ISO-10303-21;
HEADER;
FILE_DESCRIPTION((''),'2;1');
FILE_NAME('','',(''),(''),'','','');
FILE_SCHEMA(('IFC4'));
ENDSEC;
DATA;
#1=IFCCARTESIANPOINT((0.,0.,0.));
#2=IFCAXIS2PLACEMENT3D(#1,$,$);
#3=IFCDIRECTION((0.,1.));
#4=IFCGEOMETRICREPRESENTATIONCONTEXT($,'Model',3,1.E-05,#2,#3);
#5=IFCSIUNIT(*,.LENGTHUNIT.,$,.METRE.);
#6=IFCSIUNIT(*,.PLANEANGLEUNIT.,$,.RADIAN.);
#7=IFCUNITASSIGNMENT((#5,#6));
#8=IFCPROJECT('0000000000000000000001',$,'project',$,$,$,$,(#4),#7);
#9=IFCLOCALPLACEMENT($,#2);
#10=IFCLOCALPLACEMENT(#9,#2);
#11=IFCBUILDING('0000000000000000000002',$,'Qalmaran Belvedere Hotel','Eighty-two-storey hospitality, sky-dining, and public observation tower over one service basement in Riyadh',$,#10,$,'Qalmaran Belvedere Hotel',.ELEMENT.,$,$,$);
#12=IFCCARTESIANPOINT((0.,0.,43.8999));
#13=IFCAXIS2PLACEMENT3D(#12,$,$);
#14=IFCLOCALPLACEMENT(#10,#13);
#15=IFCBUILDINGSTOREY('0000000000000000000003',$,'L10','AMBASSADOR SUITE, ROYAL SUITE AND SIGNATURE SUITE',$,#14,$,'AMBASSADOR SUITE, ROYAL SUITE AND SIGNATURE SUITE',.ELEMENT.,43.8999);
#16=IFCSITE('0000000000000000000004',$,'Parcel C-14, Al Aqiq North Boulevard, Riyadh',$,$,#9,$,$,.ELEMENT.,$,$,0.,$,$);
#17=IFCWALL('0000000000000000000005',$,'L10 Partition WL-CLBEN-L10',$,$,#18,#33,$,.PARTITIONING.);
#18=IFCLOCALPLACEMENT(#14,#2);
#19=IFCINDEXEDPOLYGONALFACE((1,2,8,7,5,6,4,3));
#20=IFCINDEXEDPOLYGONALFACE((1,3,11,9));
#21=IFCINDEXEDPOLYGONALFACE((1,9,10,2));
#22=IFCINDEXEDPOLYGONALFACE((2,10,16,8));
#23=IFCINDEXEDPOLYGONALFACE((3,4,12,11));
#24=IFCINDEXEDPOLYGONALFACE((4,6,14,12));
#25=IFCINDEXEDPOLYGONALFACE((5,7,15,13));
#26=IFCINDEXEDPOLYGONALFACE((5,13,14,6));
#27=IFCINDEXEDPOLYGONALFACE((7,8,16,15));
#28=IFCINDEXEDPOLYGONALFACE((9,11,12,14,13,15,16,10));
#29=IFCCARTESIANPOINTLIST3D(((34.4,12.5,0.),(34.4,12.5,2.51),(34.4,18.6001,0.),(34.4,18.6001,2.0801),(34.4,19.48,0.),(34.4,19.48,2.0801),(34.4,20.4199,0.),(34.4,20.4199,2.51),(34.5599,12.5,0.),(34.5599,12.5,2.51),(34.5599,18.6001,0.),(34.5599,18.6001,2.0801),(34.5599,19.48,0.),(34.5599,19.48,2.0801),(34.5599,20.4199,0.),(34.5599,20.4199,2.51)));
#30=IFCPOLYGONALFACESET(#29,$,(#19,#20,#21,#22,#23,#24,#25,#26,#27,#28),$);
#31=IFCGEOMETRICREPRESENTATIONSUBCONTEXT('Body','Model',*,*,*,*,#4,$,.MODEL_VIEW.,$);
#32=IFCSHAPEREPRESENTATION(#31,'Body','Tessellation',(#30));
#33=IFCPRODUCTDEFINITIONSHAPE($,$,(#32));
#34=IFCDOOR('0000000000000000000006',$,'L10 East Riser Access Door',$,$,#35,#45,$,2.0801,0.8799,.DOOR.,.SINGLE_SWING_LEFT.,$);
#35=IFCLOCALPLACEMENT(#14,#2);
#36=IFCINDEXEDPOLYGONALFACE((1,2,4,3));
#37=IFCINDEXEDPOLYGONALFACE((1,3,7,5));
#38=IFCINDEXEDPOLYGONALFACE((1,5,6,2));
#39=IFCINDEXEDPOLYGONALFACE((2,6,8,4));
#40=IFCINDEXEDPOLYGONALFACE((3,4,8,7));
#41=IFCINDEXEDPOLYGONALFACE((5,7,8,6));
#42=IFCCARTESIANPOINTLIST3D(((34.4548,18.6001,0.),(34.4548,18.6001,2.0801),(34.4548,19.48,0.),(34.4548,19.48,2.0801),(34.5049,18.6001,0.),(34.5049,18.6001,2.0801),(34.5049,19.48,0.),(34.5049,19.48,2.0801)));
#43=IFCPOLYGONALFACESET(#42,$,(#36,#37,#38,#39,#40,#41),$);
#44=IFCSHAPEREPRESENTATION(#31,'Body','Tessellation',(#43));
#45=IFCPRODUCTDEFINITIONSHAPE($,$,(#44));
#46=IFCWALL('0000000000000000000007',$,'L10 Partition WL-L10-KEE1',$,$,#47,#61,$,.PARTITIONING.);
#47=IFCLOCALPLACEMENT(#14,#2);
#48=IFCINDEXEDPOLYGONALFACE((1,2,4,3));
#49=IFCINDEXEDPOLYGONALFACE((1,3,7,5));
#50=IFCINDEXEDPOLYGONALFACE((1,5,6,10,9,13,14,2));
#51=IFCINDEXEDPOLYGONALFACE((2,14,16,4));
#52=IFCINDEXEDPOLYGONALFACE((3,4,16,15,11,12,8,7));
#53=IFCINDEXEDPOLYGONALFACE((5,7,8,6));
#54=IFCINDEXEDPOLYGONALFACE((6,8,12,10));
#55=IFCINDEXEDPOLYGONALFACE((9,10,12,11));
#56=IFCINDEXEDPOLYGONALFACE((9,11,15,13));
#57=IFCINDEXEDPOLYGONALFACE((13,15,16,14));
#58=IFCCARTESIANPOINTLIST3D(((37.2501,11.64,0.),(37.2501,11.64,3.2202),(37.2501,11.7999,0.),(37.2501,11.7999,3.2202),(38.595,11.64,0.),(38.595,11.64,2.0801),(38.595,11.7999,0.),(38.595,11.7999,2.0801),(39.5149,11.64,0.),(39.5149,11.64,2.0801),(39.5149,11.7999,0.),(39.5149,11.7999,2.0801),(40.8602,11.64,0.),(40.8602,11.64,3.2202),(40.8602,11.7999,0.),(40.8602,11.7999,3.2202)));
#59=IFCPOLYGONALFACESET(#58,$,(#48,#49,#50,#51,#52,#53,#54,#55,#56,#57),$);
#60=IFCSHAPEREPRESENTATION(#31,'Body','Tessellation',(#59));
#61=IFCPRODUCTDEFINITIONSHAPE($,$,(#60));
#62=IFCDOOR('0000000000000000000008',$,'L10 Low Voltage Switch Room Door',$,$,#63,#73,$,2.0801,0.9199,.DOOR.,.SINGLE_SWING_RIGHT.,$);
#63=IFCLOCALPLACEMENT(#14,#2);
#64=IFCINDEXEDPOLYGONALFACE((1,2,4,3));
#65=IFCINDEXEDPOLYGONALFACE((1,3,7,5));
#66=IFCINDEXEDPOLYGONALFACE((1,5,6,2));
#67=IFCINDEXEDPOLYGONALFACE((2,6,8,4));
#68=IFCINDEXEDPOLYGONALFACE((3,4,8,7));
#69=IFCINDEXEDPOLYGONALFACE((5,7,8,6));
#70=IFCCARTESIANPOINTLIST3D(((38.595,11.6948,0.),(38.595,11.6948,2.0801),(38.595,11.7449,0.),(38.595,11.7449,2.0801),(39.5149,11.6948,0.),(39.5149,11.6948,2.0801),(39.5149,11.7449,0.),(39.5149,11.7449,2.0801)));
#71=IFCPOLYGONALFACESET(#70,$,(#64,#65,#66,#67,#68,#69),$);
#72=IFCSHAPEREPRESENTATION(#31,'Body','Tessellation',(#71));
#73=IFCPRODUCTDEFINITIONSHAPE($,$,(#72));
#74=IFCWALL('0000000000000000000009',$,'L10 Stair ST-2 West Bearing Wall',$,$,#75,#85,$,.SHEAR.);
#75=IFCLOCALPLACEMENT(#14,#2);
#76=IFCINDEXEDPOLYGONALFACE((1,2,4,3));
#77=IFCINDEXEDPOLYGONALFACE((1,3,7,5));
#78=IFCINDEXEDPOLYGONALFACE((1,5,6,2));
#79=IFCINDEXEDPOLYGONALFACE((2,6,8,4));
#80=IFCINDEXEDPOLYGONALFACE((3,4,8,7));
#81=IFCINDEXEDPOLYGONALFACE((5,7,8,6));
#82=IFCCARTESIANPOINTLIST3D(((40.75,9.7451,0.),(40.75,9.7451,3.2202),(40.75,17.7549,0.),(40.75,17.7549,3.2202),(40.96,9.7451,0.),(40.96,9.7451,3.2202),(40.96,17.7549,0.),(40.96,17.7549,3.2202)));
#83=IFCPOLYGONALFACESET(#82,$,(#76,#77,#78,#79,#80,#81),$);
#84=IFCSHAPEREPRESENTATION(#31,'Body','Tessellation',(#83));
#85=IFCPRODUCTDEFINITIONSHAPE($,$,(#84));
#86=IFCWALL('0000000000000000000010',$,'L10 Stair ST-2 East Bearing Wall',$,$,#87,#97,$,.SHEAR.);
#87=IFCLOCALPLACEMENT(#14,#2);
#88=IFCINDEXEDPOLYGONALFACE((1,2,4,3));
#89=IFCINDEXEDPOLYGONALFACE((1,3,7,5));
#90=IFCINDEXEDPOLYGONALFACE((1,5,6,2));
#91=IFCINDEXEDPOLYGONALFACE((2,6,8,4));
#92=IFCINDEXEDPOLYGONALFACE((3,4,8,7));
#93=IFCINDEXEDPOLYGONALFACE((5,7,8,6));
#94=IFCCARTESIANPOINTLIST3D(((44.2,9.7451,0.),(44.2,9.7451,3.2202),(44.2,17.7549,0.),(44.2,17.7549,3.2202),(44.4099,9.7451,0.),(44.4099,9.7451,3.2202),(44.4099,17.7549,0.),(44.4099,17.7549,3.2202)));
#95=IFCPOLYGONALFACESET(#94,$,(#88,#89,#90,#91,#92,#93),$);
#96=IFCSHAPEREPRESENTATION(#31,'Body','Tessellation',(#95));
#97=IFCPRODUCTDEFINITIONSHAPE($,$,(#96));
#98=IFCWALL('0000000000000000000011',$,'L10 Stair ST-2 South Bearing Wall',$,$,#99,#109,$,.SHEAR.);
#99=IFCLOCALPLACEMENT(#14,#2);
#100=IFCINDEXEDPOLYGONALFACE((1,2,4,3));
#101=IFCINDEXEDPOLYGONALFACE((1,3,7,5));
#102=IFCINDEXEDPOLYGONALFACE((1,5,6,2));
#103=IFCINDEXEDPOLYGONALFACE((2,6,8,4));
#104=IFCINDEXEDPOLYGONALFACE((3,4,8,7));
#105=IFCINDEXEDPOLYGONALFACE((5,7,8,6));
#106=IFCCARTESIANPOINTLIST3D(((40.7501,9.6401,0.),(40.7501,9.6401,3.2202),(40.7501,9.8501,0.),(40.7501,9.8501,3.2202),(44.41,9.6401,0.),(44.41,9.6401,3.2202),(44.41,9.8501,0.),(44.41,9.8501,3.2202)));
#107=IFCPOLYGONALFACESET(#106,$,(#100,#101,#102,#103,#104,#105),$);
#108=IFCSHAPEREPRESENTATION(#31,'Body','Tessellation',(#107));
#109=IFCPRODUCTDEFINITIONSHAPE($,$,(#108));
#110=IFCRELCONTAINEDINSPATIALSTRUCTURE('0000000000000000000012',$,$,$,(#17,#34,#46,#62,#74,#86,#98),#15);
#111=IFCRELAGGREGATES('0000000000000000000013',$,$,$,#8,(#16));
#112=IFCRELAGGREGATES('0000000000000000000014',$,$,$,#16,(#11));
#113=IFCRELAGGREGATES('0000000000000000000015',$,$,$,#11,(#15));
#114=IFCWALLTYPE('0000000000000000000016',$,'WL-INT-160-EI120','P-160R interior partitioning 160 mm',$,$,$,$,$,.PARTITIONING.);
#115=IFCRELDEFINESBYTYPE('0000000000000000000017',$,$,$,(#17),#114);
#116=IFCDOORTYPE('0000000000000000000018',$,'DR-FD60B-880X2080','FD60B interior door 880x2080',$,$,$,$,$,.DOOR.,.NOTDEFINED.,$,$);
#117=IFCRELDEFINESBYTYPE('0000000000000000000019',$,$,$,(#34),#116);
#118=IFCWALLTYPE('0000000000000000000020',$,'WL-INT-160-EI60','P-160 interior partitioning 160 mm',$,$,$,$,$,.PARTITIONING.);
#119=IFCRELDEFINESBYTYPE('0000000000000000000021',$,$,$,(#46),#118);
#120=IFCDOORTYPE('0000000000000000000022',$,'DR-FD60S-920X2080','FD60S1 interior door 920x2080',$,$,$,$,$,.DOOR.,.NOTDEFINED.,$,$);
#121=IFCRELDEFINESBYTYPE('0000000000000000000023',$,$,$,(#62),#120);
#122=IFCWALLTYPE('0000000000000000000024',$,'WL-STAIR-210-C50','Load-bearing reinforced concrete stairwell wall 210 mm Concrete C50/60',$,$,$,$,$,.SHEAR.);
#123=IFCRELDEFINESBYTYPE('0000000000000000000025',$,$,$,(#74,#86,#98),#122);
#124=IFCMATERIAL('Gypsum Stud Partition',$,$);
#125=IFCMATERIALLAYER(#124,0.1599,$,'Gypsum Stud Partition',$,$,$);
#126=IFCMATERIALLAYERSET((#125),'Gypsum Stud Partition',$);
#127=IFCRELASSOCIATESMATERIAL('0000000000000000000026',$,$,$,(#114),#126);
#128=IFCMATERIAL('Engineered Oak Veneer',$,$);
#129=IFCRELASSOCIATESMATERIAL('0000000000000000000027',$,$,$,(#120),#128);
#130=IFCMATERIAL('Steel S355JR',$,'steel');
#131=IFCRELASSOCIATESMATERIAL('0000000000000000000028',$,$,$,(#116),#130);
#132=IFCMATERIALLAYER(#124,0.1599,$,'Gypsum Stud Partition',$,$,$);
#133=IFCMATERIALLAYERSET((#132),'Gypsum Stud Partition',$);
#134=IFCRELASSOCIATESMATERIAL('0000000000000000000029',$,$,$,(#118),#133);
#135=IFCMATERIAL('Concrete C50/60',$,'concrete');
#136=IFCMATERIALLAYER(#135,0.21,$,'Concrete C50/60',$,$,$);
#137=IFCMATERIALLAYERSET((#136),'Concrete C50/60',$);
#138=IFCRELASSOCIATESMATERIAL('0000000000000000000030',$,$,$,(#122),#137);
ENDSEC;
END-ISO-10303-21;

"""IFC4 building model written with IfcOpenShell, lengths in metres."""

from ifc_helpers import new_model, si_unit, direction, frame, frame_2d, origin, place, context, subcontext, project, spatial, rectangle, extrude, material, layer, layer_set, type_object, element, fill, save


model = new_model("IFC4")

# Units and contexts
model_context = context("Model", 3, precision=1e-05, world=origin(), true_north=direction((0.0, 1.0)))
body_context = subcontext(model_context, "Body", "Model", "MODEL_VIEW")
ifc_project = project(units=[si_unit("LENGTHUNIT", "METRE"), si_unit("PLANEANGLEUNIT", "RADIAN")], contexts=[model_context])

# Site, building, storey
site_placement = place(None, origin())
site = spatial("IfcSite", under=ifc_project, at=site_placement, Name="Parcel C-14, Al Aqiq North Boulevard, Riyadh", CompositionType="ELEMENT", RefElevation=0.0)
building_placement = place(site_placement, origin())
building = spatial("IfcBuilding", under=site, at=building_placement, Name="Qalmaran Belvedere Hotel", Description="Eighty-two-storey hospitality, sky-dining, and public observation tower over one service basement in Riyadh", LongName="Qalmaran Belvedere Hotel", CompositionType="ELEMENT")
storey_placement = place(building_placement, frame((0.0, 0.0, 43.8999)))
storey = spatial("IfcBuildingStorey", under=building, at=storey_placement, Name="L10", Description="AMBASSADOR SUITE, ROYAL SUITE AND SIGNATURE SUITE", LongName="AMBASSADOR SUITE, ROYAL SUITE AND SIGNATURE SUITE", CompositionType="ELEMENT", Elevation=43.8999)

# Shared definitions
ifc_material_1 = material(Name="Steel S355JR", Category="steel")

# Shared definitions
ifc_material_2 = material(Name="Gypsum Stud Partition")
ifc_layer_1 = layer(ifc_material_2, 0.1599, Name="Gypsum Stud Partition")
ifc_layer_set_1 = layer_set([ifc_layer_1], Name="Gypsum Stud Partition")
wall_type_1 = type_object("IfcWallType", Name="WL-INT-160-EI120", Description="P-160R interior partitioning 160 mm", PredefinedType="PARTITIONING", material=ifc_layer_set_1)

# Shared definitions
ifc_material_3 = material(Name="Engineered Oak Veneer")
door_type_1 = type_object("IfcDoorType", Name="DR-FD60S-920X2080", Description="FD60S1 interior door 920x2080", OperationType="NOTDEFINED", PredefinedType="DOOR", material=ifc_material_3)

# Walls, openings, doors
door_type_2 = type_object("IfcDoorType", Name="DR-FD60B-880X2080", Description="FD60B interior door 880x2080", OperationType="NOTDEFINED", PredefinedType="DOOR", material=ifc_material_1)
wall_1_placement = place(storey_placement, frame((34.48, 12.5, 0.0), z_axis=(0.0, 0.0, 1.0), x_axis=(0.0, 1.0, 0.0)))
wall_1 = element("IfcWall", 1, at=wall_1_placement, inside=storey, type_object=wall_type_1, Name="L10 Partition WL-CLBEN-L10", PredefinedType="PARTITIONING", context=body_context, shape_type="SweptSolid", body=[
    extrude(rectangle(XDim=7.9199, YDim=0.1599, at=frame_2d((3.96, 0.0))), origin(), (0.0, 0.0, 1.0), 2.51),
])
opening_1_placement = place(wall_1_placement, frame((6.98, 0.0, 0.0), z_axis=(0.0, 0.0, 1.0), x_axis=(-1.0, 0.0, 0.0)))
opening_1 = element("IfcOpeningElement", 2, at=opening_1_placement, cuts=wall_1, PredefinedType="OPENING", context=body_context, shape_type="SweptSolid", body=[
    extrude(rectangle(XDim=0.8799, YDim=2.0801, at=frame_2d((0.4399, 1.04))), frame((0.0, 0.0898, 0.0), z_axis=(0.0, -1.0, 0.0), x_axis=(1.0, 0.0, 0.0)), (0.0, 0.0, 1.0), 0.1799),
])
door_1_placement = place(opening_1_placement, origin())
door_1 = element("IfcDoor", 3, at=door_1_placement, inside=storey, type_object=door_type_2, Name="L10 East Riser Access Door", OperationType="SINGLE_SWING_LEFT", OverallHeight=2.0801, OverallWidth=0.8799, PredefinedType="DOOR", context=body_context, shape_type="SweptSolid", body=[
    extrude(rectangle(XDim=0.8799, YDim=2.0801, at=frame_2d((0.4399, 1.04))), frame((0.0, 0.0249, 0.0), z_axis=(0.0, -1.0, 0.0), x_axis=(1.0, 0.0, 0.0)), (0.0, 0.0, 1.0), 0.05),
])
fill(opening_1, door_1)
ifc_layer_2 = layer(ifc_material_2, 0.1599, Name="Gypsum Stud Partition")
ifc_layer_set_2 = layer_set([ifc_layer_2], Name="Gypsum Stud Partition")
wall_type_2 = type_object("IfcWallType", Name="WL-INT-160-EI60", Description="P-160 interior partitioning 160 mm", PredefinedType="PARTITIONING", material=ifc_layer_set_2)
wall_2_placement = place(storey_placement, frame((37.25, 11.72, 0.0), z_axis=(0.0, 0.0, 1.0), x_axis=(1.0, 0.0, 0.0)))
wall_2 = element("IfcWall", 4, at=wall_2_placement, inside=storey, type_object=wall_type_2, Name="L10 Partition WL-L10-KEE1", PredefinedType="PARTITIONING", context=body_context, shape_type="SweptSolid", body=[
    extrude(rectangle(XDim=3.6101, YDim=0.1599, at=frame_2d((1.8052, 0.0))), origin(), (0.0, 0.0, 1.0), 3.2202),
])
opening_2_placement = place(wall_2_placement, frame((1.345, 0.0, 0.0)))
opening_2 = element("IfcOpeningElement", 5, at=opening_2_placement, cuts=wall_2, PredefinedType="OPENING", context=body_context, shape_type="SweptSolid", body=[
    extrude(rectangle(XDim=0.9199, YDim=2.0801, at=frame_2d((0.46, 1.04))), frame((0.0, 0.0898, 0.0), z_axis=(0.0, -1.0, 0.0), x_axis=(1.0, 0.0, 0.0)), (0.0, 0.0, 1.0), 0.1799),
])
door_2_placement = place(opening_2_placement, origin())
door_2 = element("IfcDoor", 6, at=door_2_placement, inside=storey, type_object=door_type_1, Name="L10 Low Voltage Switch Room Door", OperationType="SINGLE_SWING_RIGHT", OverallHeight=2.0801, OverallWidth=0.9199, PredefinedType="DOOR", context=body_context, shape_type="SweptSolid", body=[
    extrude(rectangle(XDim=0.9199, YDim=2.0801, at=frame_2d((0.46, 1.04))), frame((0.0, 0.0249, 0.0), z_axis=(0.0, -1.0, 0.0), x_axis=(1.0, 0.0, 0.0)), (0.0, 0.0, 1.0), 0.05),
])
fill(opening_2, door_2)

# Walls
ifc_material_4 = material(Name="Concrete C50/60", Category="concrete")
ifc_layer_3 = layer(ifc_material_4, 0.21, Name="Concrete C50/60")
ifc_layer_set_3 = layer_set([ifc_layer_3], Name="Concrete C50/60")
wall_type_3 = type_object("IfcWallType", Name="WL-STAIR-210-C50", Description="Load-bearing reinforced concrete stairwell wall 210 mm Concrete C50/60", PredefinedType="SHEAR", material=ifc_layer_set_3)
for number, where, z_axis, x_axis, name in (
    (7, (40.855, 9.7451, 0.0), (0.0, 0.0, 1.0), (0.0, 1.0, 0.0), "L10 Stair ST-2 West Bearing Wall"),
    (8, (44.3049, 9.7451, 0.0), (0.0, 0.0, 1.0), (0.0, 1.0, 0.0), "L10 Stair ST-2 East Bearing Wall"),
):
    element("IfcWall", number, at=place(storey_placement, frame(where, z_axis=z_axis, x_axis=x_axis)), inside=storey, type_object=wall_type_3, Name=name, PredefinedType="SHEAR", context=body_context, shape_type="SweptSolid", body=[
        extrude(rectangle(XDim=8.0098, YDim=0.21, at=frame_2d((4.0049, 0.0))), origin(), (0.0, 0.0, 1.0), 3.2202),
    ])
wall_3_placement = place(storey_placement, frame((40.75, 9.7451, 0.0), z_axis=(0.0, 0.0, 1.0), x_axis=(1.0, 0.0, 0.0)))
element("IfcWall", 9, at=wall_3_placement, inside=storey, type_object=wall_type_3, Name="L10 Stair ST-2 South Bearing Wall", PredefinedType="SHEAR", context=body_context, shape_type="SweptSolid", body=[
    extrude(rectangle(XDim=3.6599, YDim=0.21, at=frame_2d((1.8301, 0.0))), origin(), (0.0, 0.0, 1.0), 3.2202),
])

save(model, "model.ifc")
